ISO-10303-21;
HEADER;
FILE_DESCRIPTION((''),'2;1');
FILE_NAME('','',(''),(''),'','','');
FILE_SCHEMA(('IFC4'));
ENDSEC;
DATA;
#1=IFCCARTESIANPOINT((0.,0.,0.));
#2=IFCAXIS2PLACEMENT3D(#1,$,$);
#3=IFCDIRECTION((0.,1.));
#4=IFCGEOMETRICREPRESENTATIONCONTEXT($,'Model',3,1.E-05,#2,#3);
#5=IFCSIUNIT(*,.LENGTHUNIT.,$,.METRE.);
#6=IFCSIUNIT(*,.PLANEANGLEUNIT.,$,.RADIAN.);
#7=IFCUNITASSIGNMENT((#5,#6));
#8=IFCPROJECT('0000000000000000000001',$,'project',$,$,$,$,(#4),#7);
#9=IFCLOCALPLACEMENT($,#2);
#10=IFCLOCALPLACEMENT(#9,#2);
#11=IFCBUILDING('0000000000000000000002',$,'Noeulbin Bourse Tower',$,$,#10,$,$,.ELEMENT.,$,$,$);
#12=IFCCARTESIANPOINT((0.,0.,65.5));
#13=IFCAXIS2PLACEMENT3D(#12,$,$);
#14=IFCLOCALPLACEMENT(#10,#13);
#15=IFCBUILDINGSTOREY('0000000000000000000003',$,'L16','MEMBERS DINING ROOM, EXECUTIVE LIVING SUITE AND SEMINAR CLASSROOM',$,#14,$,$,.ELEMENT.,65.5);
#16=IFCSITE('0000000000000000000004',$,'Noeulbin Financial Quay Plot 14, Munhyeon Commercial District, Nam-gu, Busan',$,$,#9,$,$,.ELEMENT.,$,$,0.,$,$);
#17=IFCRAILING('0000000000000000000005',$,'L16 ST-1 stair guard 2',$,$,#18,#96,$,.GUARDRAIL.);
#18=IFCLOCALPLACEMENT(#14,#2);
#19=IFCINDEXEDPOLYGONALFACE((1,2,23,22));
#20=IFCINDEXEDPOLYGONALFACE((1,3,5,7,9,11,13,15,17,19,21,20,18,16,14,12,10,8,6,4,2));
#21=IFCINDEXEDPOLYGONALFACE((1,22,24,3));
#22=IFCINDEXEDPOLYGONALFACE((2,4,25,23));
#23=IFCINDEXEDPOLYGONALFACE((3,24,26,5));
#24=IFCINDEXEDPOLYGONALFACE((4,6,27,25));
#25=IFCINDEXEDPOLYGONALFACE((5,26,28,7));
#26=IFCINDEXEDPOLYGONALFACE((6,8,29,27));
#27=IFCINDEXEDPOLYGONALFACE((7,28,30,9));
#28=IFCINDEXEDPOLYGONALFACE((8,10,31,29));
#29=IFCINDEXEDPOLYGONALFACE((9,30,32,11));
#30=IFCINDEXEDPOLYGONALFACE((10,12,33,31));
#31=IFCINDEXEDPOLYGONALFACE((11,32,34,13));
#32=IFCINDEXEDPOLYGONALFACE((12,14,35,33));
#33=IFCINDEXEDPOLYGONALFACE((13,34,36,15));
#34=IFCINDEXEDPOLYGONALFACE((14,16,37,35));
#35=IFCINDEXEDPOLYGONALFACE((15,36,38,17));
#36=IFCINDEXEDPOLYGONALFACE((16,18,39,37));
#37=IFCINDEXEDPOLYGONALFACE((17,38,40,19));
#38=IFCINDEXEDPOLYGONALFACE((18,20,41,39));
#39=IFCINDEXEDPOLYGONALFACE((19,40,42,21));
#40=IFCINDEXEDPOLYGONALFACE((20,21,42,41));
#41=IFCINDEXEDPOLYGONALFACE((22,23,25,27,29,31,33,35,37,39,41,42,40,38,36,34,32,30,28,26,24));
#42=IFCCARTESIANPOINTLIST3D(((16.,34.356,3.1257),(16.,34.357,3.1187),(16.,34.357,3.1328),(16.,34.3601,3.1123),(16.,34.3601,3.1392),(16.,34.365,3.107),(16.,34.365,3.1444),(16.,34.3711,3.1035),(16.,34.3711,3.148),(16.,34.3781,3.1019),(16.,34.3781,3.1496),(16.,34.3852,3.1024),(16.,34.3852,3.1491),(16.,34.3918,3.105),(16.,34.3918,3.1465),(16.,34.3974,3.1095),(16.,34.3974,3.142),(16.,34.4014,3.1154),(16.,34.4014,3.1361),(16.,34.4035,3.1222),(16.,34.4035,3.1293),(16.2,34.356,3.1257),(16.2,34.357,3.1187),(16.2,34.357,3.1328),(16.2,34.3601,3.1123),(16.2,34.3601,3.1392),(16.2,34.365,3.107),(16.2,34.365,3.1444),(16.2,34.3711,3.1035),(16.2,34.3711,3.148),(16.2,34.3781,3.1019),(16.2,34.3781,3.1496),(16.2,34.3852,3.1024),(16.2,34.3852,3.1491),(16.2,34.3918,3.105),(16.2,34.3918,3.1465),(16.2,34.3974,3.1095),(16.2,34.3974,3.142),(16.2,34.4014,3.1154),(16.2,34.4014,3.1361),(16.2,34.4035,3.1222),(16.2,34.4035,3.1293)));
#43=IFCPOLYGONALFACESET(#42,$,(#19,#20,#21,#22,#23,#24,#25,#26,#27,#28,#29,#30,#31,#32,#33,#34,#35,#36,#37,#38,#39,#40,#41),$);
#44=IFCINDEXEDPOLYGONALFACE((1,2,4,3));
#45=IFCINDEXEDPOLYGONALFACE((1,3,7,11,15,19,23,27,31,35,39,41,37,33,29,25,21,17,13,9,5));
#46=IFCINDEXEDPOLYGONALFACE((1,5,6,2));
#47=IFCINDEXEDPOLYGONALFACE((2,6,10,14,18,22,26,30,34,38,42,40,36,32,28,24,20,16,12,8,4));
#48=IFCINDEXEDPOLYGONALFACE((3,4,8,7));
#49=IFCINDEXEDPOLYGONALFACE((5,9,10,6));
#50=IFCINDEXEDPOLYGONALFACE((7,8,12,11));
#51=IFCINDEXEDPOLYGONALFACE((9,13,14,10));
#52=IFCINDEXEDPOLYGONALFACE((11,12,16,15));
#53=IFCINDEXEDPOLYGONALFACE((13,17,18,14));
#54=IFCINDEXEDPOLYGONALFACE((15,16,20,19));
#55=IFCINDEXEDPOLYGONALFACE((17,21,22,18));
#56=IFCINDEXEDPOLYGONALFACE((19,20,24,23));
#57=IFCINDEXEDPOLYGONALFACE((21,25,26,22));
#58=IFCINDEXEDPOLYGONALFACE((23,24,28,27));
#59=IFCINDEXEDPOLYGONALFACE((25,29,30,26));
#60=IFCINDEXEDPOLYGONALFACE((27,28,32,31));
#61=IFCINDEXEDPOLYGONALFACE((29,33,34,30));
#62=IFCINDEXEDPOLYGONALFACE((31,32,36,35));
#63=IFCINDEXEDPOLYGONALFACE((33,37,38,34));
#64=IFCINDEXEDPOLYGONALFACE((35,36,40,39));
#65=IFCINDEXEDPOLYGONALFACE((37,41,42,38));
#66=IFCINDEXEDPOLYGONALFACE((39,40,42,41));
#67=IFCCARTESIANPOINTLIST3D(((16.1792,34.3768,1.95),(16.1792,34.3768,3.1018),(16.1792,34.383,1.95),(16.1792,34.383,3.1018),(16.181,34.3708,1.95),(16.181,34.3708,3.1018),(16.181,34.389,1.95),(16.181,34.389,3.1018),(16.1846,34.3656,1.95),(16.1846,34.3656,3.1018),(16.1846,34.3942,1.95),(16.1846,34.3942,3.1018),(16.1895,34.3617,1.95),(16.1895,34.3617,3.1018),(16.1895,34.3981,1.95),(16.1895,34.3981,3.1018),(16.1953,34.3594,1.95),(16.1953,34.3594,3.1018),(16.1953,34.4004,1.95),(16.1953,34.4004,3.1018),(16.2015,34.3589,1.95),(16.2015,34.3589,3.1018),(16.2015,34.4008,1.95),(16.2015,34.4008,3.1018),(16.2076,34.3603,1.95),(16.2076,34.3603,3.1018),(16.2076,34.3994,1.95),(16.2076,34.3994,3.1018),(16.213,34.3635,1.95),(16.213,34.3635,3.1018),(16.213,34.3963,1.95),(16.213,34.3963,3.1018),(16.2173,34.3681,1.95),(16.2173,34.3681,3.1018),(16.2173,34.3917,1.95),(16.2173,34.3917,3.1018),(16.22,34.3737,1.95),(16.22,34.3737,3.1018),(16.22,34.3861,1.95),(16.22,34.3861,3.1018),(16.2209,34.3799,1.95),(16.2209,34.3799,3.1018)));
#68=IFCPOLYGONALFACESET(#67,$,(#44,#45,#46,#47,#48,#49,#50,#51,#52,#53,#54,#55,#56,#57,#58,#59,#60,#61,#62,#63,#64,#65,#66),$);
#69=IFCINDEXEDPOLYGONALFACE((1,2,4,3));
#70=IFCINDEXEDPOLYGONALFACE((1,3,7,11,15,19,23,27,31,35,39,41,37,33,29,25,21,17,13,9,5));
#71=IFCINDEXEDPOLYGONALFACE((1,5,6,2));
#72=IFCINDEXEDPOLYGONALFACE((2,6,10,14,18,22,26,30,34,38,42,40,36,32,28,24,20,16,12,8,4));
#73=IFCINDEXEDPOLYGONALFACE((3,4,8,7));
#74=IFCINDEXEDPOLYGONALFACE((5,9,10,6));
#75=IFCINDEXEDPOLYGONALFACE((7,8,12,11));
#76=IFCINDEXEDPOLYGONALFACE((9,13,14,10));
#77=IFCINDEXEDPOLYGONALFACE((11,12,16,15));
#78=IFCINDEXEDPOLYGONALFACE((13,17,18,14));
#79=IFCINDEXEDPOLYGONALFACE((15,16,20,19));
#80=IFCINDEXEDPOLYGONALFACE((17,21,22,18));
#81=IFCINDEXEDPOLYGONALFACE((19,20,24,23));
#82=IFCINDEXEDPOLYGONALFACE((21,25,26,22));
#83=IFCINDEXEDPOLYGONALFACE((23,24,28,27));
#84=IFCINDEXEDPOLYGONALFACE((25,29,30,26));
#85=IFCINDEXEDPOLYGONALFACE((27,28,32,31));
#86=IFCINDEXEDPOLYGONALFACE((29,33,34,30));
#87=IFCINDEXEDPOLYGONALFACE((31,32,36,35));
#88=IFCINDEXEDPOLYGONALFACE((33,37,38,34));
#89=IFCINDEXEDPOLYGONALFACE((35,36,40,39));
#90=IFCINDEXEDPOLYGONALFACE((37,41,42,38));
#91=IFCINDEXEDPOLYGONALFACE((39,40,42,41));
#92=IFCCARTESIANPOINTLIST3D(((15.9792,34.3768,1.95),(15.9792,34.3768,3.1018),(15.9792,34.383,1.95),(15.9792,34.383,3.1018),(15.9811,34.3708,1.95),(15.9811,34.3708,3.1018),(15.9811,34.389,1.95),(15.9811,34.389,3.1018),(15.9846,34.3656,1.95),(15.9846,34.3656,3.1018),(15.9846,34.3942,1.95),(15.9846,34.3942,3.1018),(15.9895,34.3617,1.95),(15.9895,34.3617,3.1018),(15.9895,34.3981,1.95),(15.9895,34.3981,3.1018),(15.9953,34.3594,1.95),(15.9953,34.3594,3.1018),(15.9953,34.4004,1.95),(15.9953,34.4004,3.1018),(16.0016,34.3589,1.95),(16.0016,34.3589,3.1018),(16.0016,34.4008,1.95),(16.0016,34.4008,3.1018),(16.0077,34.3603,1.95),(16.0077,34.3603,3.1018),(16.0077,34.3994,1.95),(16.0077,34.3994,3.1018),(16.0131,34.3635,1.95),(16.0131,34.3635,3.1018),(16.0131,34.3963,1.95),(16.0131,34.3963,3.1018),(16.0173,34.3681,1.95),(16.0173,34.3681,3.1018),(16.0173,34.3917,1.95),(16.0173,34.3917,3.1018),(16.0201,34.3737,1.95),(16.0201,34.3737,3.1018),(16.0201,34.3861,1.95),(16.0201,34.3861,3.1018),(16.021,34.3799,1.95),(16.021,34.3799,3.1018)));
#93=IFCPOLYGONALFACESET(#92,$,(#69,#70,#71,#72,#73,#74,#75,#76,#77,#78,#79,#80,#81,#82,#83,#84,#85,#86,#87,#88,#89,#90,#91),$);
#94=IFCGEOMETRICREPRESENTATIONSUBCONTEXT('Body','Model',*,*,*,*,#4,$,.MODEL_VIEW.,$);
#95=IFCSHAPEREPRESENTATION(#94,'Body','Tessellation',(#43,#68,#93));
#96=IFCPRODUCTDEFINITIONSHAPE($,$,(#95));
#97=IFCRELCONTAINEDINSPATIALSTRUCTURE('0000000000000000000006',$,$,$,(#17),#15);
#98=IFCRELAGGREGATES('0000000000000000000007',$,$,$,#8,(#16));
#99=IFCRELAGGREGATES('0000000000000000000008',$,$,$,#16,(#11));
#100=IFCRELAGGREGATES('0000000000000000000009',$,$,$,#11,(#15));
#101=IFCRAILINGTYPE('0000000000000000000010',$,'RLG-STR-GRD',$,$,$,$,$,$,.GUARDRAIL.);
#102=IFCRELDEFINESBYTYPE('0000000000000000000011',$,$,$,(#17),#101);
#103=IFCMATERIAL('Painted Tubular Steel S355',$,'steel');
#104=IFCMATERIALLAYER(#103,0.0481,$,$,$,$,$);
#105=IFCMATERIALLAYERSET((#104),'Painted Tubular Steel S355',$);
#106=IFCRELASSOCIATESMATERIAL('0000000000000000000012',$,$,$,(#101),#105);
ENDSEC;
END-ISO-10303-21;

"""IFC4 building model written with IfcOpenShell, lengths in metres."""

from ifc_helpers import new_model, si_unit, direction, frame, origin, origin_2d, place, context, subcontext, project, spatial, circle, extrude, material, layer, layer_set, type_object, element, save


model = new_model("IFC4")

# Units and contexts
model_context = context("Model", 3, precision=1e-05, world=origin(), true_north=direction((0.0, 1.0)))
body_context = subcontext(model_context, "Body", "Model", "MODEL_VIEW")
ifc_project = project(units=[si_unit("LENGTHUNIT", "METRE"), si_unit("PLANEANGLEUNIT", "RADIAN")], contexts=[model_context])

# Site, building, storey
site_placement = place(None, origin())
site = spatial("IfcSite", under=ifc_project, at=site_placement, Name="Noeulbin Financial Quay Plot 14, Munhyeon Commercial District, Nam-gu, Busan", CompositionType="ELEMENT", RefElevation=0.0)
building_placement = place(site_placement, origin())
building = spatial("IfcBuilding", under=site, at=building_placement, Name="Noeulbin Bourse Tower", CompositionType="ELEMENT")
storey_placement = place(building_placement, frame((0.0, 0.0, 65.5)))
storey = spatial("IfcBuildingStorey", under=building, at=storey_placement, Name="L16", Description="MEMBERS DINING ROOM, EXECUTIVE LIVING SUITE AND SEMINAR CLASSROOM", CompositionType="ELEMENT", Elevation=65.5)

# Railing
ifc_material_1 = material(Name="Painted Tubular Steel S355", Category="steel")
ifc_layer_1 = layer(ifc_material_1, 0.0481)
ifc_layer_set_1 = layer_set([ifc_layer_1], Name="Painted Tubular Steel S355")
railing_type_1 = type_object("IfcRailingType", Name="RLG-STR-GRD", PredefinedType="GUARDRAIL", material=ifc_layer_set_1)
railing_1_placement = place(storey_placement, frame((16.2, 34.3799, 1.95)))
element("IfcRailing", 1, at=railing_1_placement, inside=storey, type_object=railing_type_1, Name="L16 ST-1 stair guard 2", PredefinedType="GUARDRAIL", context=body_context, shape_type="SweptSolid", body=[
    extrude(circle(Radius=0.0239, at=origin_2d()), frame((0.0, 0.0, 1.1758), z_axis=(-1.0, 0.0, 0.0), x_axis=(0.0, -1.0, 0.0)), (0.0, 0.0, 1.0), 0.2),
    extrude(circle(Radius=0.021, at=origin_2d()), origin(), (0.0, 0.0, 1.0), 1.1519),
    extrude(circle(Radius=0.021, at=origin_2d()), frame((-0.2, 0.0, 0.0)), (0.0, 0.0, 1.0), 1.1519),
])

save(model, "model.ifc")
